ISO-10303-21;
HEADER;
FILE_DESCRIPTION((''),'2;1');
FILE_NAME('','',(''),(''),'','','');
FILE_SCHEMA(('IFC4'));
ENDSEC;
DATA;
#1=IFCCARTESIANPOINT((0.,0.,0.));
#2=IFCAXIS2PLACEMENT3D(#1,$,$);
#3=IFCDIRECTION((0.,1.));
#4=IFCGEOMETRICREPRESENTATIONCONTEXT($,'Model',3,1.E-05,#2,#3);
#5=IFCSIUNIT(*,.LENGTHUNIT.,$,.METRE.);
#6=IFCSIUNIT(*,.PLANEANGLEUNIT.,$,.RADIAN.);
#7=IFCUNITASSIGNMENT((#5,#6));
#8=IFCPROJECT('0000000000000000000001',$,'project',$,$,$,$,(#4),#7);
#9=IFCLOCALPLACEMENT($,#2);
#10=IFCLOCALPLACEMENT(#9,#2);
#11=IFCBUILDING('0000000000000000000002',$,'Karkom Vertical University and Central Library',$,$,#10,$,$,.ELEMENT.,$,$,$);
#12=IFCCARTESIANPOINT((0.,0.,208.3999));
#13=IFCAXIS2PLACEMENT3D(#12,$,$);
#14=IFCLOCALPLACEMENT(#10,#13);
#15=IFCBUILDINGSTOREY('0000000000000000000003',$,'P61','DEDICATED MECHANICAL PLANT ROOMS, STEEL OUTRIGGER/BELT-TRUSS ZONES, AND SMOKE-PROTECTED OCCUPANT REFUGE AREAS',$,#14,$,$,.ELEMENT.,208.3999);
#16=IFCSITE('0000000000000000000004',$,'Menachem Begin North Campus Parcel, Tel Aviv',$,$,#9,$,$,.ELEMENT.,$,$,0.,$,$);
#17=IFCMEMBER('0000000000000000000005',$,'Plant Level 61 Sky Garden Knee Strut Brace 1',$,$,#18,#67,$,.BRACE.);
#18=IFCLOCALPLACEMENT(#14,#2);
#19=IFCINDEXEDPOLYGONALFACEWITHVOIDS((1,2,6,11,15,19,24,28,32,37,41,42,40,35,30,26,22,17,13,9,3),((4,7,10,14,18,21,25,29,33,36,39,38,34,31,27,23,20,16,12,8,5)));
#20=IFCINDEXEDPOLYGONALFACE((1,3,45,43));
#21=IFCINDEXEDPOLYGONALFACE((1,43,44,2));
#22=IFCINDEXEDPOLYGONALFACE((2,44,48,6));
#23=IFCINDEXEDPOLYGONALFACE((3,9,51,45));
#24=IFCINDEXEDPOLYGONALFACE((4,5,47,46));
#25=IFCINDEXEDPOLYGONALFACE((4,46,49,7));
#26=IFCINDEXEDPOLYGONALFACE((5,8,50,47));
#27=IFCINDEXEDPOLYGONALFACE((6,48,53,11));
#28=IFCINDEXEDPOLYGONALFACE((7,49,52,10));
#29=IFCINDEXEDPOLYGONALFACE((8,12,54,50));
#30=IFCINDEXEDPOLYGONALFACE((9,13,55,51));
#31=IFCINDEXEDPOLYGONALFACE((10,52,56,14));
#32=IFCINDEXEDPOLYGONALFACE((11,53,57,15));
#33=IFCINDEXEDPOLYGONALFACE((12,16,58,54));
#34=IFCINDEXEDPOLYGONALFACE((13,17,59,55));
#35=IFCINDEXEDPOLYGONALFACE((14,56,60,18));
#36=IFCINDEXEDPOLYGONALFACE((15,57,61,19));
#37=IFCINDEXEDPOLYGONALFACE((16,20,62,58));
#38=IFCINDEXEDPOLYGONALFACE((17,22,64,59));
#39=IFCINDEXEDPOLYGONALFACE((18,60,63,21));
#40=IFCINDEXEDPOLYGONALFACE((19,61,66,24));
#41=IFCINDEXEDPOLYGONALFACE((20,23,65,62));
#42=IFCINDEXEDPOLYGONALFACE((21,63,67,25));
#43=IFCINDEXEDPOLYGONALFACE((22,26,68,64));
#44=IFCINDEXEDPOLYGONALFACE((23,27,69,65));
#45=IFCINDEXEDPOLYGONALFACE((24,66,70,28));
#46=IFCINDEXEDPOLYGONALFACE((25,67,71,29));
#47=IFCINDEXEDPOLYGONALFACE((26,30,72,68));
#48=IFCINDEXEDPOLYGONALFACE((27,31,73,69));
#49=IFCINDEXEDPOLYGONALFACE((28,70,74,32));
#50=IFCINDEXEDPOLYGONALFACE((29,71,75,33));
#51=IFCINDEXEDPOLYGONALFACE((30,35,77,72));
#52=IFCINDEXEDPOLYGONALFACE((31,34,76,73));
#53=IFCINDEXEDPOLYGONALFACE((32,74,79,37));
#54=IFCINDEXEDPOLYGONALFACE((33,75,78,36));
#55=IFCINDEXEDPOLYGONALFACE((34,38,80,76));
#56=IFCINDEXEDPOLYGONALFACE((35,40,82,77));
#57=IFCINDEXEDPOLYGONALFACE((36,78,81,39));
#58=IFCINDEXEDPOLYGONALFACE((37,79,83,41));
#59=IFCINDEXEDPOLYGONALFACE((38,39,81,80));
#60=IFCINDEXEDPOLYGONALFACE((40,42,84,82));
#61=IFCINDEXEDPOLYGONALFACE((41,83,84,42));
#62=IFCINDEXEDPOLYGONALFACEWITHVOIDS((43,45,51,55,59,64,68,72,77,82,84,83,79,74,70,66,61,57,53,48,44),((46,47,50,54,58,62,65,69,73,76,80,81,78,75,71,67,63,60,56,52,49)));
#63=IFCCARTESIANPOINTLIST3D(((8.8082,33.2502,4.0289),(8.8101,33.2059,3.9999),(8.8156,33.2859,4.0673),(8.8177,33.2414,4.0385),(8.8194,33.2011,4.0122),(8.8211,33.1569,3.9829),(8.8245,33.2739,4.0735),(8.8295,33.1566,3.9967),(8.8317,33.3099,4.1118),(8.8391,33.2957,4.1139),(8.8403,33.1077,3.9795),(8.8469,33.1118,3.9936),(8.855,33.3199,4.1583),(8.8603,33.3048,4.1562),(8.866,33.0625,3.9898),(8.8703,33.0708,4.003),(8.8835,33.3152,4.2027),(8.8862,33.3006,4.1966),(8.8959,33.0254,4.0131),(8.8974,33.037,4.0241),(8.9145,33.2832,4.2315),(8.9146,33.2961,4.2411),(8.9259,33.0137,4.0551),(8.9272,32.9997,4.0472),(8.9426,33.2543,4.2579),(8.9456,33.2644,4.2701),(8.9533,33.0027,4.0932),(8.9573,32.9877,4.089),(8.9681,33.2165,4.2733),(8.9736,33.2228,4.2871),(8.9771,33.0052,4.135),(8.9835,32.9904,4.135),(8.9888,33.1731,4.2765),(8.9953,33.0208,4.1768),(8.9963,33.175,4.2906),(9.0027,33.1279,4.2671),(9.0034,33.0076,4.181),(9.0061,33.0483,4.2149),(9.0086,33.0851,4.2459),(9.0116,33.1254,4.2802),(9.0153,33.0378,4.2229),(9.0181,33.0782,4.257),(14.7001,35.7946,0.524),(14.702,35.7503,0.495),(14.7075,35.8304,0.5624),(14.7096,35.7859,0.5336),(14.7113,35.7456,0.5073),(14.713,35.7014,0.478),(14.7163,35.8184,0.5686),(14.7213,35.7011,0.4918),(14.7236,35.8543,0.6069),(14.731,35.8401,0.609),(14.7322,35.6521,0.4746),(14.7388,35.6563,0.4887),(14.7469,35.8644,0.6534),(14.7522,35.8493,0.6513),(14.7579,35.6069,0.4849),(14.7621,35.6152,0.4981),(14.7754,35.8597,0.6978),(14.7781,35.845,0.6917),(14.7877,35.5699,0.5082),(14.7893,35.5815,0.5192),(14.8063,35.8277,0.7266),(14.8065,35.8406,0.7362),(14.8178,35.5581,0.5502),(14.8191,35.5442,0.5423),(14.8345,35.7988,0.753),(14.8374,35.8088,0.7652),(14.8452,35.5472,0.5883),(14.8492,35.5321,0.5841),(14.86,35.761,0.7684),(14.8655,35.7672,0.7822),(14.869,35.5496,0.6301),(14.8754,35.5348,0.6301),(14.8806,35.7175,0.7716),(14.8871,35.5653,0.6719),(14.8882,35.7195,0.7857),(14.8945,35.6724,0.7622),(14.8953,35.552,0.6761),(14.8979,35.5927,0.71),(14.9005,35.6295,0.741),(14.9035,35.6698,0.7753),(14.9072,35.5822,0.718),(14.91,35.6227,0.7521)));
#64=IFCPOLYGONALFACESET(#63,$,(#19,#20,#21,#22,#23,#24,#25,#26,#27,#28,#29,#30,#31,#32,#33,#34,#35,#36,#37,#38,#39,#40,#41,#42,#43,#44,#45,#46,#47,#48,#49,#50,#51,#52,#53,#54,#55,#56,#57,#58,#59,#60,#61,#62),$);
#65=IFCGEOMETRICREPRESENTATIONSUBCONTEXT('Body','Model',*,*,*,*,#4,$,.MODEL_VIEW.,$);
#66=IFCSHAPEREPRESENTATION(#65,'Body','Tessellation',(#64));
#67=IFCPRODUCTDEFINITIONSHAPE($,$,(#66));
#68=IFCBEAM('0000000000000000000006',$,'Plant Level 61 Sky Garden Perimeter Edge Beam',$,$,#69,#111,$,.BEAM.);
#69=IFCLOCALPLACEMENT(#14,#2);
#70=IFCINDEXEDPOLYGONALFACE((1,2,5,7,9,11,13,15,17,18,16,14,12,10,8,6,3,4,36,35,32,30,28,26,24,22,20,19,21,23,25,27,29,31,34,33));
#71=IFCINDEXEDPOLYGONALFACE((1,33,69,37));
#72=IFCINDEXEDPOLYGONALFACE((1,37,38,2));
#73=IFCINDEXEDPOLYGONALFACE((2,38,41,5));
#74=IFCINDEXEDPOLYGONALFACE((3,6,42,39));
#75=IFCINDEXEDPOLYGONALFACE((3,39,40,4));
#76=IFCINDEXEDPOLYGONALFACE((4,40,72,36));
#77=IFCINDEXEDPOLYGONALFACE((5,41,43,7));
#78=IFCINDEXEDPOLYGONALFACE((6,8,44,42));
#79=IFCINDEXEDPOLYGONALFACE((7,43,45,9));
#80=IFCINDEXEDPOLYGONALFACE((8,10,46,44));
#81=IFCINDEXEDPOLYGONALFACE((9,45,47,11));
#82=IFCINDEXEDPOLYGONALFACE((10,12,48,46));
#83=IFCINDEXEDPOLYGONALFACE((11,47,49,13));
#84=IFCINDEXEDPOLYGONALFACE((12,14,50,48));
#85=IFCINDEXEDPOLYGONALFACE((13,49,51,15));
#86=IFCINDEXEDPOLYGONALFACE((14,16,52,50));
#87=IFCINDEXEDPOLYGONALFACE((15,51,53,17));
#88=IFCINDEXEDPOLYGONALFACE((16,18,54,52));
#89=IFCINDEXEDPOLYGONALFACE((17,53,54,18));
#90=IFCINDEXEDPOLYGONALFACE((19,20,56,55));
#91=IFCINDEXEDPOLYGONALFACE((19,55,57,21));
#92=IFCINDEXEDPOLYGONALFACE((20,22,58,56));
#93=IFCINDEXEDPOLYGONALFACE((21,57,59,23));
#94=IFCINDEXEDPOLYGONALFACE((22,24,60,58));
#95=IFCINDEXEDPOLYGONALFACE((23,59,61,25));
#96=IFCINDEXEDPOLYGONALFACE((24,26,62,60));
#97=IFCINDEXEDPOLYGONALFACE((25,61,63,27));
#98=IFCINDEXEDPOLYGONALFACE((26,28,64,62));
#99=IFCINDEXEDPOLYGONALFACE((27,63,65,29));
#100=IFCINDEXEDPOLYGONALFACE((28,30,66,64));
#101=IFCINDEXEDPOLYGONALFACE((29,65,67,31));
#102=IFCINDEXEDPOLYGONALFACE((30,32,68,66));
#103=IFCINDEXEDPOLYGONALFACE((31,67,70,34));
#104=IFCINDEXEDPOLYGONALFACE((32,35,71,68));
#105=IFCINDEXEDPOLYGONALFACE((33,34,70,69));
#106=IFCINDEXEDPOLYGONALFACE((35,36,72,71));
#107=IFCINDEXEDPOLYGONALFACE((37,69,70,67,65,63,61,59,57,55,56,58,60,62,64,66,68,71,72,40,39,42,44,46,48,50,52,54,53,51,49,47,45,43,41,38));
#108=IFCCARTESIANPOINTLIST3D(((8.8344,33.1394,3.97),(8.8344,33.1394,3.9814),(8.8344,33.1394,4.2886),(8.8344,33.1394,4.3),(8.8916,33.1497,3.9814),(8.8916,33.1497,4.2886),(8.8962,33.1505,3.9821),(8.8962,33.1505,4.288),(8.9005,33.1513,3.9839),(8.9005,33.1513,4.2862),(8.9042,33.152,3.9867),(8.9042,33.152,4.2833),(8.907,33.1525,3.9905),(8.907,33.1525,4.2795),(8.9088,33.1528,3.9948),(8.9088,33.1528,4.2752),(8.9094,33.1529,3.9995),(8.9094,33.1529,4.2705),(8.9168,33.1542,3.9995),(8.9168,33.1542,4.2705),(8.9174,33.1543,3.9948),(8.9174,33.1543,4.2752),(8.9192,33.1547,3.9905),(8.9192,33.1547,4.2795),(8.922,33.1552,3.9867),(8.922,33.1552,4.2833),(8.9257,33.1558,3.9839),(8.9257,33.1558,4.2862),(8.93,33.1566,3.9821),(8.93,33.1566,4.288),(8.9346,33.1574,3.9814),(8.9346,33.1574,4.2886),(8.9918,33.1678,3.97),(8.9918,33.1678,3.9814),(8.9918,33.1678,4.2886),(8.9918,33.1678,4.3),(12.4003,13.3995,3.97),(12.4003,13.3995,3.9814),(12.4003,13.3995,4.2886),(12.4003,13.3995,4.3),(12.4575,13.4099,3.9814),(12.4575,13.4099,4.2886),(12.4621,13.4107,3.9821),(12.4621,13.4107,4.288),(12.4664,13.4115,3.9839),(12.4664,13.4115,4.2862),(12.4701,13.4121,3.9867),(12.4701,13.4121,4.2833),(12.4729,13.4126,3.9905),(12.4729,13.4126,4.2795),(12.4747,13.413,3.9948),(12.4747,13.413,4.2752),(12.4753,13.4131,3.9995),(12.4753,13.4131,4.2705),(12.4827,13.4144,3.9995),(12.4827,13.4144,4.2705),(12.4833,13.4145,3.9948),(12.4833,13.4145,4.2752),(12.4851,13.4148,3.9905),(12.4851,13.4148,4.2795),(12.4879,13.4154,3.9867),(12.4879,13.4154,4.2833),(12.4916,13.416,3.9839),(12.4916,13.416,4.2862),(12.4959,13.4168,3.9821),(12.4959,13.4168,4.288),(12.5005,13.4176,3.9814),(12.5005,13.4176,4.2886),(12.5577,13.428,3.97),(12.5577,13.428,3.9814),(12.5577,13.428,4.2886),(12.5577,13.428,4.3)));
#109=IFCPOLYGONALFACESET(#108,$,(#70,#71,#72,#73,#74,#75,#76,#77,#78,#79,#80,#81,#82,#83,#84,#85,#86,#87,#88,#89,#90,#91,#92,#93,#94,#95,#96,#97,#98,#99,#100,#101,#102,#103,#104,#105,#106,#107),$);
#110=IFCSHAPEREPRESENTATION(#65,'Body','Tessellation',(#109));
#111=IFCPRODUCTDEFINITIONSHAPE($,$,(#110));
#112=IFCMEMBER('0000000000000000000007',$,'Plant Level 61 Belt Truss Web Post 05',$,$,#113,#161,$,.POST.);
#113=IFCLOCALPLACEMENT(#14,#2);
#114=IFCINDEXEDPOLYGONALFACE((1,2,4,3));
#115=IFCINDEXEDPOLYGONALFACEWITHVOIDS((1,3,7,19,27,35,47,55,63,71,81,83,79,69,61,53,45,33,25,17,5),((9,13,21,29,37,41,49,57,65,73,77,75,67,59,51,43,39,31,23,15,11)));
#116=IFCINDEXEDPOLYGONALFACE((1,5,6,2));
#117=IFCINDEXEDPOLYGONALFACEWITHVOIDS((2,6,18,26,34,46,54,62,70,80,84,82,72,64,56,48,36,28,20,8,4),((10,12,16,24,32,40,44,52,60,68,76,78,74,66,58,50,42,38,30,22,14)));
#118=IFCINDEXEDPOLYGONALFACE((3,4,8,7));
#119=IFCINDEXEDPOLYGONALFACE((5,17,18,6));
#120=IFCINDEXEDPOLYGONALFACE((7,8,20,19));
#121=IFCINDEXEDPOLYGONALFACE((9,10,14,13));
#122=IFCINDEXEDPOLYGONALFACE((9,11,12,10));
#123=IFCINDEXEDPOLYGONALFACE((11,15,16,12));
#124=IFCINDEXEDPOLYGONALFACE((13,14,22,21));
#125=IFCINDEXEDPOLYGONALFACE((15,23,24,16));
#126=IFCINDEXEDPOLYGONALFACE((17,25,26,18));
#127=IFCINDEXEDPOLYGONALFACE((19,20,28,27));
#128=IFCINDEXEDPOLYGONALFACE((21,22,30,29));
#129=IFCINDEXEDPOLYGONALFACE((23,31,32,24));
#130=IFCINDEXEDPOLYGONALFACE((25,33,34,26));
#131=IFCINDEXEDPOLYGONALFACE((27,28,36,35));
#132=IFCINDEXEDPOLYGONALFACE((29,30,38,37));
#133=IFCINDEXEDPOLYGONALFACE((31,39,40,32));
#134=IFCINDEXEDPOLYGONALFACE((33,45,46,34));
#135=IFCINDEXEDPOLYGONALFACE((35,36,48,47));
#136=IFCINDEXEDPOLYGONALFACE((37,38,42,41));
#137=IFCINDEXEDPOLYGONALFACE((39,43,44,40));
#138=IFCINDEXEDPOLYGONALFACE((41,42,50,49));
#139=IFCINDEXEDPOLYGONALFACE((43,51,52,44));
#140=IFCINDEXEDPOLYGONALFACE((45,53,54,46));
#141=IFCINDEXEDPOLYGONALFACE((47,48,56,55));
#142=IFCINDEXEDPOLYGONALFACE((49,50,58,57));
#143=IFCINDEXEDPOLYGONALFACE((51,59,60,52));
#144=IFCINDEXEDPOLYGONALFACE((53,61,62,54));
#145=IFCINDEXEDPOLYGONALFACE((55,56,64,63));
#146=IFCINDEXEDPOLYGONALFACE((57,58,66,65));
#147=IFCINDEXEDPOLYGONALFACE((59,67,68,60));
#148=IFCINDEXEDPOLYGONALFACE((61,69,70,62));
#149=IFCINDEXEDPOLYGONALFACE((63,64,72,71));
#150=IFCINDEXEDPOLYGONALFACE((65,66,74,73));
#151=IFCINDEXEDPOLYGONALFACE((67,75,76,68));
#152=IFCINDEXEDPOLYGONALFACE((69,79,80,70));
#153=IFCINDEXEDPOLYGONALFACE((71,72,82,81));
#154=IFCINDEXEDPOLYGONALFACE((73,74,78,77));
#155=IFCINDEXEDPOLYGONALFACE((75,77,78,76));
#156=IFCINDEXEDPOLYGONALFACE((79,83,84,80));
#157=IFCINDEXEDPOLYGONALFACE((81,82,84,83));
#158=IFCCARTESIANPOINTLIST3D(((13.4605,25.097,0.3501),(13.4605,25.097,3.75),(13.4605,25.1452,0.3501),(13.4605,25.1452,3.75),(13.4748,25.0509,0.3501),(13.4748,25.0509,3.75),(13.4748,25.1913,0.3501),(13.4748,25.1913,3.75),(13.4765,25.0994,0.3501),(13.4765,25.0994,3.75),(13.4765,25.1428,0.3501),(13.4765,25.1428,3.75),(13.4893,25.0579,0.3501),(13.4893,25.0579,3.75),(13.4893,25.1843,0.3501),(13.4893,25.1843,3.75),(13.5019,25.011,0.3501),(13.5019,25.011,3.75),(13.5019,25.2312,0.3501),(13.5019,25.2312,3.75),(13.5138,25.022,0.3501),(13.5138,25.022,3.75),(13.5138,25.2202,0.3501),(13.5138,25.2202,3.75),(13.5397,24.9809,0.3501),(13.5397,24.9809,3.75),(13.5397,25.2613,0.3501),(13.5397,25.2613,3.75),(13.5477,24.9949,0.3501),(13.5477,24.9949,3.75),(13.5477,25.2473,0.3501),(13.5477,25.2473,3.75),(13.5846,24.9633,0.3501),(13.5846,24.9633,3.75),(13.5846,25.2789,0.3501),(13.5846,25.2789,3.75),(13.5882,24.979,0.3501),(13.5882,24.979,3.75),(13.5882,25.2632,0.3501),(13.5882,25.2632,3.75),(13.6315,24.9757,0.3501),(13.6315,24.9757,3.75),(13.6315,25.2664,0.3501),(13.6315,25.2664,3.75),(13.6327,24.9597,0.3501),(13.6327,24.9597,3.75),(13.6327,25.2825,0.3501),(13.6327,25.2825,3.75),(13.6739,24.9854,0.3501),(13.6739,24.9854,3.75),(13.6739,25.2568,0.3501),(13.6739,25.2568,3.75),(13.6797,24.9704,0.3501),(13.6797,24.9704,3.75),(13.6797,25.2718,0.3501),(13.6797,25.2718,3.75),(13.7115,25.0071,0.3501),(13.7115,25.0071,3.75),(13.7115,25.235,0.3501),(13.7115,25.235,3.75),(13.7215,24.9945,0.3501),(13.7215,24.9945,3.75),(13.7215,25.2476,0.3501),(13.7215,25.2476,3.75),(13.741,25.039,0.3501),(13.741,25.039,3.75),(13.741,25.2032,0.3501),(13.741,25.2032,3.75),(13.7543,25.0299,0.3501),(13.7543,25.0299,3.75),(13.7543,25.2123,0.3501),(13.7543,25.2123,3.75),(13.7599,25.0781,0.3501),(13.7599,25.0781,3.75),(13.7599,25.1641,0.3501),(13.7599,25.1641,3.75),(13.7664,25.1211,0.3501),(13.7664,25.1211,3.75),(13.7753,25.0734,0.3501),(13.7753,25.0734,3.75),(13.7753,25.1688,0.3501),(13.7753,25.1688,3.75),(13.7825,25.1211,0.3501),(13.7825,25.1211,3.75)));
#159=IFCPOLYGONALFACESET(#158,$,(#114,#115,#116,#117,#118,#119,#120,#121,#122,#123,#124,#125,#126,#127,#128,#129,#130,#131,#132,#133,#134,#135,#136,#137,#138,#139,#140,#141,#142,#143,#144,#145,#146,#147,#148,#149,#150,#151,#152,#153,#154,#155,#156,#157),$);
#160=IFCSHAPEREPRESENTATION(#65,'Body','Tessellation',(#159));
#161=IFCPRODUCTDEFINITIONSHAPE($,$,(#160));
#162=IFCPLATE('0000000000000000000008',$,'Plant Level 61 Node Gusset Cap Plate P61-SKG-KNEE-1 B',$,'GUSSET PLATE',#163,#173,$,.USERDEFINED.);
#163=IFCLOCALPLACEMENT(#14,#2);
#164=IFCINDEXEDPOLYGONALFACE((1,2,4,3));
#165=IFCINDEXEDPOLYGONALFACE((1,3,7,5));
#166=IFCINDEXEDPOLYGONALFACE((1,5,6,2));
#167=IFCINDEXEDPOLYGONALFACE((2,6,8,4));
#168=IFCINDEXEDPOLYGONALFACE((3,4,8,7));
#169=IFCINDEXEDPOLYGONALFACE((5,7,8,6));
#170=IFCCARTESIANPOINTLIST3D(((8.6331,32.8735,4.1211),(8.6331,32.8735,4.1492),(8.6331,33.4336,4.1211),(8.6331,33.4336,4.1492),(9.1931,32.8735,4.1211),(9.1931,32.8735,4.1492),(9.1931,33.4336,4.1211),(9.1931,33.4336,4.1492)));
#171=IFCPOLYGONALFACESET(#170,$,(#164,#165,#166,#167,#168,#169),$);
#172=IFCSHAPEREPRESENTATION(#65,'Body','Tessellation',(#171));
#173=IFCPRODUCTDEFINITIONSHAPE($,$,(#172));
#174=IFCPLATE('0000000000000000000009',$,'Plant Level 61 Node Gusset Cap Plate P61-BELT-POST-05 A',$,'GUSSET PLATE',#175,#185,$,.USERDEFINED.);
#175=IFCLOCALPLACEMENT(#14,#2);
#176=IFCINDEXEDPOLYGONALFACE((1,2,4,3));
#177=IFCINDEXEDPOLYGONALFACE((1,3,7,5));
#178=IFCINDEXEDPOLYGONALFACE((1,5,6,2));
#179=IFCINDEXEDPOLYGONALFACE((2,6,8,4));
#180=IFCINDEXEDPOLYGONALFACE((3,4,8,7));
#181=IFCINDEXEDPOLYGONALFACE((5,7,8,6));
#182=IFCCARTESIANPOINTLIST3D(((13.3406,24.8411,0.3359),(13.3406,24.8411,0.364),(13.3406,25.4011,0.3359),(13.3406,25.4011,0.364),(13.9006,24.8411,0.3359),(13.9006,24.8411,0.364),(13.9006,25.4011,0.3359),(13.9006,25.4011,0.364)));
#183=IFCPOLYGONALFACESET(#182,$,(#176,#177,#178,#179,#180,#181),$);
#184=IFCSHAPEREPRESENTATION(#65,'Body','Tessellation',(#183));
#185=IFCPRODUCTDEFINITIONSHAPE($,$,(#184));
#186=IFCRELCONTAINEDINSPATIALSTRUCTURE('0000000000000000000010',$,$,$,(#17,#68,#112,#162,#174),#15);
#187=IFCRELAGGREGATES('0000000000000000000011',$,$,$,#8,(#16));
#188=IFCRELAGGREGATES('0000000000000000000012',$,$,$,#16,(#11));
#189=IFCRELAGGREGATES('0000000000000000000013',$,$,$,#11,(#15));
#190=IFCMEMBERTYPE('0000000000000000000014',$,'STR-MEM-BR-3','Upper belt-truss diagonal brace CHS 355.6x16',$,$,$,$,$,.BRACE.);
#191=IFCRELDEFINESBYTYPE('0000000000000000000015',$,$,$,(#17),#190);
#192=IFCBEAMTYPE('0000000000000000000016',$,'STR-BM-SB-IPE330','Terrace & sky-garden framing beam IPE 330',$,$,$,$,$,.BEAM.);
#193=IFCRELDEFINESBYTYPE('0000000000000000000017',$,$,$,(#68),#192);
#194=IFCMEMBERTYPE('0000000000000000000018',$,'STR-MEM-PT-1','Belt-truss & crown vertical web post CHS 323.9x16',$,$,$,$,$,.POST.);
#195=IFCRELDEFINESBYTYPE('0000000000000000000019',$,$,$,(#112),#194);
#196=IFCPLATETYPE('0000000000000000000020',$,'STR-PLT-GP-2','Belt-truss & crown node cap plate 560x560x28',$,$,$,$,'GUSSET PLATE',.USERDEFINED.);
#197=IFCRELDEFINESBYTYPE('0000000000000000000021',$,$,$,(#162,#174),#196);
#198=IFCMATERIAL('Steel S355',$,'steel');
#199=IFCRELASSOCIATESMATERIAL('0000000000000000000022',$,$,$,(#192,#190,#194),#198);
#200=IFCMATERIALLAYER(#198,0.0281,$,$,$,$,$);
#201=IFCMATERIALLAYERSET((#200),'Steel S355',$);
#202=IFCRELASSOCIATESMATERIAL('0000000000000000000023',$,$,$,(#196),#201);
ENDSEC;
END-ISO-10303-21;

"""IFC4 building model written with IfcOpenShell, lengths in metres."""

from ifc_helpers import new_model, si_unit, direction, frame, origin, origin_with_axes, origin_2d, place, context, subcontext, project, spatial, rectangle, hollow_circle, i_section, extrude, source, transform, mapped, material, layer, layer_set, material_profile, profile_set, type_object, element, save


model = new_model("IFC4")

# Units and contexts
model_context = context("Model", 3, precision=1e-05, world=origin(), true_north=direction((0.0, 1.0)))
body_context = subcontext(model_context, "Body", "Model", "MODEL_VIEW")
ifc_project = project(units=[si_unit("LENGTHUNIT", "METRE"), si_unit("PLANEANGLEUNIT", "RADIAN")], contexts=[model_context])

# Site, building, storey
site_placement = place(None, origin())
site = spatial("IfcSite", under=ifc_project, at=site_placement, Name="Menachem Begin North Campus Parcel, Tel Aviv", CompositionType="ELEMENT", RefElevation=0.0)
building_placement = place(site_placement, origin())
building = spatial("IfcBuilding", under=site, at=building_placement, Name="Karkom Vertical University and Central Library", CompositionType="ELEMENT")
storey_placement = place(building_placement, frame((0.0, 0.0, 208.3999)))
storey = spatial("IfcBuildingStorey", under=building, at=storey_placement, Name="P61", Description="DEDICATED MECHANICAL PLANT ROOMS, STEEL OUTRIGGER/BELT-TRUSS ZONES, AND SMOKE-PROTECTED OCCUPANT REFUGE AREAS", CompositionType="ELEMENT", Elevation=208.3999)

# Shared definitions
ifc_material_1 = material(Name="Steel S355", Category="steel")
ifc_material_profile_1 = material_profile(ifc_material_1, i_section(OverallWidth=0.1599, OverallDepth=0.3301, WebThickness=0.0076, FlangeThickness=0.0115, FilletRadius=0.0181, at=origin_2d()), Name="IPE 330")
ifc_profile_set_1 = profile_set([ifc_material_profile_1], Name="Steel S355")
beam_type_1 = type_object("IfcBeamType", Name="STR-BM-SB-IPE330", Description="Terrace & sky-garden framing beam IPE 330", PredefinedType="BEAM", material=ifc_profile_set_1)

# Member
ifc_material_profile_2 = material_profile(ifc_material_1, hollow_circle(Radius=0.1777, WallThickness=0.0161, at=origin_2d()), Name="CHS 355.6x16")
ifc_profile_set_2 = profile_set([ifc_material_profile_2], Name="Steel S355")
member_type_1 = type_object("IfcMemberType", Name="STR-MEM-BR-3", Description="Upper belt-truss diagonal brace CHS 355.6x16", PredefinedType="BRACE", material=ifc_profile_set_2)
shared_shape_1 = source(origin_with_axes(), body_context, "Body", "SweptSolid", [
    extrude(hollow_circle(Radius=0.1777, WallThickness=0.0161, at=origin_2d()), origin(), (0.0, 0.0, 1.0), 7.3125),
])
member_1_placement = place(storey_placement, frame((14.8049, 35.698, 0.6301), z_axis=(-0.805726, -0.347958, 0.479302), x_axis=(0.396466, -0.918049, 0.0)))
element("IfcMember", 1, at=member_1_placement, inside=storey, type_object=member_type_1, Name="Plant Level 61 Sky Garden Knee Strut Brace 1", PredefinedType="BRACE", context=body_context, shape_type="MappedRepresentation", body=[
    mapped(shared_shape_1, transform((0.0, 0.0, 0.0), scale=1.0)),
])

# Beam
shared_shape_2 = source(origin_with_axes(), body_context, "Body", "SweptSolid", [
    extrude(i_section(OverallWidth=0.1599, OverallDepth=0.3301, WebThickness=0.0076, FlangeThickness=0.0115, FilletRadius=0.0181, at=origin_2d()), origin(), (0.0, 0.0, 1.0), 20.0593),
])
beam_1_placement = place(storey_placement, frame((8.9131, 33.1536, 4.135), z_axis=(0.177769, -0.984072, 0.0), x_axis=(0.984072, 0.177769, 0.0)))
element("IfcBeam", 2, at=beam_1_placement, inside=storey, type_object=beam_type_1, Name="Plant Level 61 Sky Garden Perimeter Edge Beam", PredefinedType="BEAM", context=body_context, shape_type="MappedRepresentation", body=[
    mapped(shared_shape_2, transform((0.0, 0.0, 0.0), scale=1.0)),
])

# Member
ifc_material_profile_3 = material_profile(ifc_material_1, hollow_circle(Radius=0.1619, WallThickness=0.0161, at=origin_2d()), Name="CHS 323.9x16")
ifc_profile_set_3 = profile_set([ifc_material_profile_3], Name="Steel S355")
member_type_2 = type_object("IfcMemberType", Name="STR-MEM-PT-1", Description="Belt-truss & crown vertical web post CHS 323.9x16", PredefinedType="POST", material=ifc_profile_set_3)
shared_shape_3 = source(origin_with_axes(), body_context, "Body", "SweptSolid", [
    extrude(hollow_circle(Radius=0.1619, WallThickness=0.0161, at=origin_2d()), origin(), (0.0, 0.0, 1.0), 3.3999),
])
member_2_placement = place(storey_placement, frame((13.6206, 25.1211, 0.3501), z_axis=(0.0, 0.0, 1.0), x_axis=(1.0, 0.0, 0.0)))
element("IfcMember", 3, at=member_2_placement, inside=storey, type_object=member_type_2, Name="Plant Level 61 Belt Truss Web Post 05", PredefinedType="POST", context=body_context, shape_type="MappedRepresentation", body=[
    mapped(shared_shape_3, transform((0.0, 0.0, 0.0), scale=1.0)),
])

# Plates
ifc_layer_1 = layer(ifc_material_1, 0.0281)
ifc_layer_set_1 = layer_set([ifc_layer_1], Name="Steel S355")
plate_type = type_object("IfcPlateType", Name="STR-PLT-GP-2", Description="Belt-truss & crown node cap plate 560x560x28", ElementType="GUSSET PLATE", PredefinedType="USERDEFINED", material=ifc_layer_set_1)
shared_shape_4 = source(origin_with_axes(), body_context, "Body", "SweptSolid", [
    extrude(rectangle(XDim=0.5601, YDim=0.5601, at=origin_2d()), origin(), (0.0, 0.0, 1.0), 0.0281),
])
for number, where, z_axis, x_axis, name in (
    (4, (8.9131, 33.1536, 4.1211), (0.0, 0.0, 1.0), (1.0, 0.0, 0.0), "Plant Level 61 Node Gusset Cap Plate P61-SKG-KNEE-1 B"),
    (5, (13.6206, 25.1211, 0.3359), (0.0, 0.0, 1.0), (1.0, 0.0, 0.0), "Plant Level 61 Node Gusset Cap Plate P61-BELT-POST-05 A"),
):
    element("IfcPlate", number, at=place(storey_placement, frame(where, z_axis=z_axis, x_axis=x_axis)), inside=storey, type_object=plate_type, Name=name, ObjectType="GUSSET PLATE", PredefinedType="USERDEFINED", context=body_context, shape_type="MappedRepresentation", body=[
        mapped(shared_shape_4, transform((0.0, 0.0, 0.0), scale=1.0)),
    ])

save(model, "model.ifc")
